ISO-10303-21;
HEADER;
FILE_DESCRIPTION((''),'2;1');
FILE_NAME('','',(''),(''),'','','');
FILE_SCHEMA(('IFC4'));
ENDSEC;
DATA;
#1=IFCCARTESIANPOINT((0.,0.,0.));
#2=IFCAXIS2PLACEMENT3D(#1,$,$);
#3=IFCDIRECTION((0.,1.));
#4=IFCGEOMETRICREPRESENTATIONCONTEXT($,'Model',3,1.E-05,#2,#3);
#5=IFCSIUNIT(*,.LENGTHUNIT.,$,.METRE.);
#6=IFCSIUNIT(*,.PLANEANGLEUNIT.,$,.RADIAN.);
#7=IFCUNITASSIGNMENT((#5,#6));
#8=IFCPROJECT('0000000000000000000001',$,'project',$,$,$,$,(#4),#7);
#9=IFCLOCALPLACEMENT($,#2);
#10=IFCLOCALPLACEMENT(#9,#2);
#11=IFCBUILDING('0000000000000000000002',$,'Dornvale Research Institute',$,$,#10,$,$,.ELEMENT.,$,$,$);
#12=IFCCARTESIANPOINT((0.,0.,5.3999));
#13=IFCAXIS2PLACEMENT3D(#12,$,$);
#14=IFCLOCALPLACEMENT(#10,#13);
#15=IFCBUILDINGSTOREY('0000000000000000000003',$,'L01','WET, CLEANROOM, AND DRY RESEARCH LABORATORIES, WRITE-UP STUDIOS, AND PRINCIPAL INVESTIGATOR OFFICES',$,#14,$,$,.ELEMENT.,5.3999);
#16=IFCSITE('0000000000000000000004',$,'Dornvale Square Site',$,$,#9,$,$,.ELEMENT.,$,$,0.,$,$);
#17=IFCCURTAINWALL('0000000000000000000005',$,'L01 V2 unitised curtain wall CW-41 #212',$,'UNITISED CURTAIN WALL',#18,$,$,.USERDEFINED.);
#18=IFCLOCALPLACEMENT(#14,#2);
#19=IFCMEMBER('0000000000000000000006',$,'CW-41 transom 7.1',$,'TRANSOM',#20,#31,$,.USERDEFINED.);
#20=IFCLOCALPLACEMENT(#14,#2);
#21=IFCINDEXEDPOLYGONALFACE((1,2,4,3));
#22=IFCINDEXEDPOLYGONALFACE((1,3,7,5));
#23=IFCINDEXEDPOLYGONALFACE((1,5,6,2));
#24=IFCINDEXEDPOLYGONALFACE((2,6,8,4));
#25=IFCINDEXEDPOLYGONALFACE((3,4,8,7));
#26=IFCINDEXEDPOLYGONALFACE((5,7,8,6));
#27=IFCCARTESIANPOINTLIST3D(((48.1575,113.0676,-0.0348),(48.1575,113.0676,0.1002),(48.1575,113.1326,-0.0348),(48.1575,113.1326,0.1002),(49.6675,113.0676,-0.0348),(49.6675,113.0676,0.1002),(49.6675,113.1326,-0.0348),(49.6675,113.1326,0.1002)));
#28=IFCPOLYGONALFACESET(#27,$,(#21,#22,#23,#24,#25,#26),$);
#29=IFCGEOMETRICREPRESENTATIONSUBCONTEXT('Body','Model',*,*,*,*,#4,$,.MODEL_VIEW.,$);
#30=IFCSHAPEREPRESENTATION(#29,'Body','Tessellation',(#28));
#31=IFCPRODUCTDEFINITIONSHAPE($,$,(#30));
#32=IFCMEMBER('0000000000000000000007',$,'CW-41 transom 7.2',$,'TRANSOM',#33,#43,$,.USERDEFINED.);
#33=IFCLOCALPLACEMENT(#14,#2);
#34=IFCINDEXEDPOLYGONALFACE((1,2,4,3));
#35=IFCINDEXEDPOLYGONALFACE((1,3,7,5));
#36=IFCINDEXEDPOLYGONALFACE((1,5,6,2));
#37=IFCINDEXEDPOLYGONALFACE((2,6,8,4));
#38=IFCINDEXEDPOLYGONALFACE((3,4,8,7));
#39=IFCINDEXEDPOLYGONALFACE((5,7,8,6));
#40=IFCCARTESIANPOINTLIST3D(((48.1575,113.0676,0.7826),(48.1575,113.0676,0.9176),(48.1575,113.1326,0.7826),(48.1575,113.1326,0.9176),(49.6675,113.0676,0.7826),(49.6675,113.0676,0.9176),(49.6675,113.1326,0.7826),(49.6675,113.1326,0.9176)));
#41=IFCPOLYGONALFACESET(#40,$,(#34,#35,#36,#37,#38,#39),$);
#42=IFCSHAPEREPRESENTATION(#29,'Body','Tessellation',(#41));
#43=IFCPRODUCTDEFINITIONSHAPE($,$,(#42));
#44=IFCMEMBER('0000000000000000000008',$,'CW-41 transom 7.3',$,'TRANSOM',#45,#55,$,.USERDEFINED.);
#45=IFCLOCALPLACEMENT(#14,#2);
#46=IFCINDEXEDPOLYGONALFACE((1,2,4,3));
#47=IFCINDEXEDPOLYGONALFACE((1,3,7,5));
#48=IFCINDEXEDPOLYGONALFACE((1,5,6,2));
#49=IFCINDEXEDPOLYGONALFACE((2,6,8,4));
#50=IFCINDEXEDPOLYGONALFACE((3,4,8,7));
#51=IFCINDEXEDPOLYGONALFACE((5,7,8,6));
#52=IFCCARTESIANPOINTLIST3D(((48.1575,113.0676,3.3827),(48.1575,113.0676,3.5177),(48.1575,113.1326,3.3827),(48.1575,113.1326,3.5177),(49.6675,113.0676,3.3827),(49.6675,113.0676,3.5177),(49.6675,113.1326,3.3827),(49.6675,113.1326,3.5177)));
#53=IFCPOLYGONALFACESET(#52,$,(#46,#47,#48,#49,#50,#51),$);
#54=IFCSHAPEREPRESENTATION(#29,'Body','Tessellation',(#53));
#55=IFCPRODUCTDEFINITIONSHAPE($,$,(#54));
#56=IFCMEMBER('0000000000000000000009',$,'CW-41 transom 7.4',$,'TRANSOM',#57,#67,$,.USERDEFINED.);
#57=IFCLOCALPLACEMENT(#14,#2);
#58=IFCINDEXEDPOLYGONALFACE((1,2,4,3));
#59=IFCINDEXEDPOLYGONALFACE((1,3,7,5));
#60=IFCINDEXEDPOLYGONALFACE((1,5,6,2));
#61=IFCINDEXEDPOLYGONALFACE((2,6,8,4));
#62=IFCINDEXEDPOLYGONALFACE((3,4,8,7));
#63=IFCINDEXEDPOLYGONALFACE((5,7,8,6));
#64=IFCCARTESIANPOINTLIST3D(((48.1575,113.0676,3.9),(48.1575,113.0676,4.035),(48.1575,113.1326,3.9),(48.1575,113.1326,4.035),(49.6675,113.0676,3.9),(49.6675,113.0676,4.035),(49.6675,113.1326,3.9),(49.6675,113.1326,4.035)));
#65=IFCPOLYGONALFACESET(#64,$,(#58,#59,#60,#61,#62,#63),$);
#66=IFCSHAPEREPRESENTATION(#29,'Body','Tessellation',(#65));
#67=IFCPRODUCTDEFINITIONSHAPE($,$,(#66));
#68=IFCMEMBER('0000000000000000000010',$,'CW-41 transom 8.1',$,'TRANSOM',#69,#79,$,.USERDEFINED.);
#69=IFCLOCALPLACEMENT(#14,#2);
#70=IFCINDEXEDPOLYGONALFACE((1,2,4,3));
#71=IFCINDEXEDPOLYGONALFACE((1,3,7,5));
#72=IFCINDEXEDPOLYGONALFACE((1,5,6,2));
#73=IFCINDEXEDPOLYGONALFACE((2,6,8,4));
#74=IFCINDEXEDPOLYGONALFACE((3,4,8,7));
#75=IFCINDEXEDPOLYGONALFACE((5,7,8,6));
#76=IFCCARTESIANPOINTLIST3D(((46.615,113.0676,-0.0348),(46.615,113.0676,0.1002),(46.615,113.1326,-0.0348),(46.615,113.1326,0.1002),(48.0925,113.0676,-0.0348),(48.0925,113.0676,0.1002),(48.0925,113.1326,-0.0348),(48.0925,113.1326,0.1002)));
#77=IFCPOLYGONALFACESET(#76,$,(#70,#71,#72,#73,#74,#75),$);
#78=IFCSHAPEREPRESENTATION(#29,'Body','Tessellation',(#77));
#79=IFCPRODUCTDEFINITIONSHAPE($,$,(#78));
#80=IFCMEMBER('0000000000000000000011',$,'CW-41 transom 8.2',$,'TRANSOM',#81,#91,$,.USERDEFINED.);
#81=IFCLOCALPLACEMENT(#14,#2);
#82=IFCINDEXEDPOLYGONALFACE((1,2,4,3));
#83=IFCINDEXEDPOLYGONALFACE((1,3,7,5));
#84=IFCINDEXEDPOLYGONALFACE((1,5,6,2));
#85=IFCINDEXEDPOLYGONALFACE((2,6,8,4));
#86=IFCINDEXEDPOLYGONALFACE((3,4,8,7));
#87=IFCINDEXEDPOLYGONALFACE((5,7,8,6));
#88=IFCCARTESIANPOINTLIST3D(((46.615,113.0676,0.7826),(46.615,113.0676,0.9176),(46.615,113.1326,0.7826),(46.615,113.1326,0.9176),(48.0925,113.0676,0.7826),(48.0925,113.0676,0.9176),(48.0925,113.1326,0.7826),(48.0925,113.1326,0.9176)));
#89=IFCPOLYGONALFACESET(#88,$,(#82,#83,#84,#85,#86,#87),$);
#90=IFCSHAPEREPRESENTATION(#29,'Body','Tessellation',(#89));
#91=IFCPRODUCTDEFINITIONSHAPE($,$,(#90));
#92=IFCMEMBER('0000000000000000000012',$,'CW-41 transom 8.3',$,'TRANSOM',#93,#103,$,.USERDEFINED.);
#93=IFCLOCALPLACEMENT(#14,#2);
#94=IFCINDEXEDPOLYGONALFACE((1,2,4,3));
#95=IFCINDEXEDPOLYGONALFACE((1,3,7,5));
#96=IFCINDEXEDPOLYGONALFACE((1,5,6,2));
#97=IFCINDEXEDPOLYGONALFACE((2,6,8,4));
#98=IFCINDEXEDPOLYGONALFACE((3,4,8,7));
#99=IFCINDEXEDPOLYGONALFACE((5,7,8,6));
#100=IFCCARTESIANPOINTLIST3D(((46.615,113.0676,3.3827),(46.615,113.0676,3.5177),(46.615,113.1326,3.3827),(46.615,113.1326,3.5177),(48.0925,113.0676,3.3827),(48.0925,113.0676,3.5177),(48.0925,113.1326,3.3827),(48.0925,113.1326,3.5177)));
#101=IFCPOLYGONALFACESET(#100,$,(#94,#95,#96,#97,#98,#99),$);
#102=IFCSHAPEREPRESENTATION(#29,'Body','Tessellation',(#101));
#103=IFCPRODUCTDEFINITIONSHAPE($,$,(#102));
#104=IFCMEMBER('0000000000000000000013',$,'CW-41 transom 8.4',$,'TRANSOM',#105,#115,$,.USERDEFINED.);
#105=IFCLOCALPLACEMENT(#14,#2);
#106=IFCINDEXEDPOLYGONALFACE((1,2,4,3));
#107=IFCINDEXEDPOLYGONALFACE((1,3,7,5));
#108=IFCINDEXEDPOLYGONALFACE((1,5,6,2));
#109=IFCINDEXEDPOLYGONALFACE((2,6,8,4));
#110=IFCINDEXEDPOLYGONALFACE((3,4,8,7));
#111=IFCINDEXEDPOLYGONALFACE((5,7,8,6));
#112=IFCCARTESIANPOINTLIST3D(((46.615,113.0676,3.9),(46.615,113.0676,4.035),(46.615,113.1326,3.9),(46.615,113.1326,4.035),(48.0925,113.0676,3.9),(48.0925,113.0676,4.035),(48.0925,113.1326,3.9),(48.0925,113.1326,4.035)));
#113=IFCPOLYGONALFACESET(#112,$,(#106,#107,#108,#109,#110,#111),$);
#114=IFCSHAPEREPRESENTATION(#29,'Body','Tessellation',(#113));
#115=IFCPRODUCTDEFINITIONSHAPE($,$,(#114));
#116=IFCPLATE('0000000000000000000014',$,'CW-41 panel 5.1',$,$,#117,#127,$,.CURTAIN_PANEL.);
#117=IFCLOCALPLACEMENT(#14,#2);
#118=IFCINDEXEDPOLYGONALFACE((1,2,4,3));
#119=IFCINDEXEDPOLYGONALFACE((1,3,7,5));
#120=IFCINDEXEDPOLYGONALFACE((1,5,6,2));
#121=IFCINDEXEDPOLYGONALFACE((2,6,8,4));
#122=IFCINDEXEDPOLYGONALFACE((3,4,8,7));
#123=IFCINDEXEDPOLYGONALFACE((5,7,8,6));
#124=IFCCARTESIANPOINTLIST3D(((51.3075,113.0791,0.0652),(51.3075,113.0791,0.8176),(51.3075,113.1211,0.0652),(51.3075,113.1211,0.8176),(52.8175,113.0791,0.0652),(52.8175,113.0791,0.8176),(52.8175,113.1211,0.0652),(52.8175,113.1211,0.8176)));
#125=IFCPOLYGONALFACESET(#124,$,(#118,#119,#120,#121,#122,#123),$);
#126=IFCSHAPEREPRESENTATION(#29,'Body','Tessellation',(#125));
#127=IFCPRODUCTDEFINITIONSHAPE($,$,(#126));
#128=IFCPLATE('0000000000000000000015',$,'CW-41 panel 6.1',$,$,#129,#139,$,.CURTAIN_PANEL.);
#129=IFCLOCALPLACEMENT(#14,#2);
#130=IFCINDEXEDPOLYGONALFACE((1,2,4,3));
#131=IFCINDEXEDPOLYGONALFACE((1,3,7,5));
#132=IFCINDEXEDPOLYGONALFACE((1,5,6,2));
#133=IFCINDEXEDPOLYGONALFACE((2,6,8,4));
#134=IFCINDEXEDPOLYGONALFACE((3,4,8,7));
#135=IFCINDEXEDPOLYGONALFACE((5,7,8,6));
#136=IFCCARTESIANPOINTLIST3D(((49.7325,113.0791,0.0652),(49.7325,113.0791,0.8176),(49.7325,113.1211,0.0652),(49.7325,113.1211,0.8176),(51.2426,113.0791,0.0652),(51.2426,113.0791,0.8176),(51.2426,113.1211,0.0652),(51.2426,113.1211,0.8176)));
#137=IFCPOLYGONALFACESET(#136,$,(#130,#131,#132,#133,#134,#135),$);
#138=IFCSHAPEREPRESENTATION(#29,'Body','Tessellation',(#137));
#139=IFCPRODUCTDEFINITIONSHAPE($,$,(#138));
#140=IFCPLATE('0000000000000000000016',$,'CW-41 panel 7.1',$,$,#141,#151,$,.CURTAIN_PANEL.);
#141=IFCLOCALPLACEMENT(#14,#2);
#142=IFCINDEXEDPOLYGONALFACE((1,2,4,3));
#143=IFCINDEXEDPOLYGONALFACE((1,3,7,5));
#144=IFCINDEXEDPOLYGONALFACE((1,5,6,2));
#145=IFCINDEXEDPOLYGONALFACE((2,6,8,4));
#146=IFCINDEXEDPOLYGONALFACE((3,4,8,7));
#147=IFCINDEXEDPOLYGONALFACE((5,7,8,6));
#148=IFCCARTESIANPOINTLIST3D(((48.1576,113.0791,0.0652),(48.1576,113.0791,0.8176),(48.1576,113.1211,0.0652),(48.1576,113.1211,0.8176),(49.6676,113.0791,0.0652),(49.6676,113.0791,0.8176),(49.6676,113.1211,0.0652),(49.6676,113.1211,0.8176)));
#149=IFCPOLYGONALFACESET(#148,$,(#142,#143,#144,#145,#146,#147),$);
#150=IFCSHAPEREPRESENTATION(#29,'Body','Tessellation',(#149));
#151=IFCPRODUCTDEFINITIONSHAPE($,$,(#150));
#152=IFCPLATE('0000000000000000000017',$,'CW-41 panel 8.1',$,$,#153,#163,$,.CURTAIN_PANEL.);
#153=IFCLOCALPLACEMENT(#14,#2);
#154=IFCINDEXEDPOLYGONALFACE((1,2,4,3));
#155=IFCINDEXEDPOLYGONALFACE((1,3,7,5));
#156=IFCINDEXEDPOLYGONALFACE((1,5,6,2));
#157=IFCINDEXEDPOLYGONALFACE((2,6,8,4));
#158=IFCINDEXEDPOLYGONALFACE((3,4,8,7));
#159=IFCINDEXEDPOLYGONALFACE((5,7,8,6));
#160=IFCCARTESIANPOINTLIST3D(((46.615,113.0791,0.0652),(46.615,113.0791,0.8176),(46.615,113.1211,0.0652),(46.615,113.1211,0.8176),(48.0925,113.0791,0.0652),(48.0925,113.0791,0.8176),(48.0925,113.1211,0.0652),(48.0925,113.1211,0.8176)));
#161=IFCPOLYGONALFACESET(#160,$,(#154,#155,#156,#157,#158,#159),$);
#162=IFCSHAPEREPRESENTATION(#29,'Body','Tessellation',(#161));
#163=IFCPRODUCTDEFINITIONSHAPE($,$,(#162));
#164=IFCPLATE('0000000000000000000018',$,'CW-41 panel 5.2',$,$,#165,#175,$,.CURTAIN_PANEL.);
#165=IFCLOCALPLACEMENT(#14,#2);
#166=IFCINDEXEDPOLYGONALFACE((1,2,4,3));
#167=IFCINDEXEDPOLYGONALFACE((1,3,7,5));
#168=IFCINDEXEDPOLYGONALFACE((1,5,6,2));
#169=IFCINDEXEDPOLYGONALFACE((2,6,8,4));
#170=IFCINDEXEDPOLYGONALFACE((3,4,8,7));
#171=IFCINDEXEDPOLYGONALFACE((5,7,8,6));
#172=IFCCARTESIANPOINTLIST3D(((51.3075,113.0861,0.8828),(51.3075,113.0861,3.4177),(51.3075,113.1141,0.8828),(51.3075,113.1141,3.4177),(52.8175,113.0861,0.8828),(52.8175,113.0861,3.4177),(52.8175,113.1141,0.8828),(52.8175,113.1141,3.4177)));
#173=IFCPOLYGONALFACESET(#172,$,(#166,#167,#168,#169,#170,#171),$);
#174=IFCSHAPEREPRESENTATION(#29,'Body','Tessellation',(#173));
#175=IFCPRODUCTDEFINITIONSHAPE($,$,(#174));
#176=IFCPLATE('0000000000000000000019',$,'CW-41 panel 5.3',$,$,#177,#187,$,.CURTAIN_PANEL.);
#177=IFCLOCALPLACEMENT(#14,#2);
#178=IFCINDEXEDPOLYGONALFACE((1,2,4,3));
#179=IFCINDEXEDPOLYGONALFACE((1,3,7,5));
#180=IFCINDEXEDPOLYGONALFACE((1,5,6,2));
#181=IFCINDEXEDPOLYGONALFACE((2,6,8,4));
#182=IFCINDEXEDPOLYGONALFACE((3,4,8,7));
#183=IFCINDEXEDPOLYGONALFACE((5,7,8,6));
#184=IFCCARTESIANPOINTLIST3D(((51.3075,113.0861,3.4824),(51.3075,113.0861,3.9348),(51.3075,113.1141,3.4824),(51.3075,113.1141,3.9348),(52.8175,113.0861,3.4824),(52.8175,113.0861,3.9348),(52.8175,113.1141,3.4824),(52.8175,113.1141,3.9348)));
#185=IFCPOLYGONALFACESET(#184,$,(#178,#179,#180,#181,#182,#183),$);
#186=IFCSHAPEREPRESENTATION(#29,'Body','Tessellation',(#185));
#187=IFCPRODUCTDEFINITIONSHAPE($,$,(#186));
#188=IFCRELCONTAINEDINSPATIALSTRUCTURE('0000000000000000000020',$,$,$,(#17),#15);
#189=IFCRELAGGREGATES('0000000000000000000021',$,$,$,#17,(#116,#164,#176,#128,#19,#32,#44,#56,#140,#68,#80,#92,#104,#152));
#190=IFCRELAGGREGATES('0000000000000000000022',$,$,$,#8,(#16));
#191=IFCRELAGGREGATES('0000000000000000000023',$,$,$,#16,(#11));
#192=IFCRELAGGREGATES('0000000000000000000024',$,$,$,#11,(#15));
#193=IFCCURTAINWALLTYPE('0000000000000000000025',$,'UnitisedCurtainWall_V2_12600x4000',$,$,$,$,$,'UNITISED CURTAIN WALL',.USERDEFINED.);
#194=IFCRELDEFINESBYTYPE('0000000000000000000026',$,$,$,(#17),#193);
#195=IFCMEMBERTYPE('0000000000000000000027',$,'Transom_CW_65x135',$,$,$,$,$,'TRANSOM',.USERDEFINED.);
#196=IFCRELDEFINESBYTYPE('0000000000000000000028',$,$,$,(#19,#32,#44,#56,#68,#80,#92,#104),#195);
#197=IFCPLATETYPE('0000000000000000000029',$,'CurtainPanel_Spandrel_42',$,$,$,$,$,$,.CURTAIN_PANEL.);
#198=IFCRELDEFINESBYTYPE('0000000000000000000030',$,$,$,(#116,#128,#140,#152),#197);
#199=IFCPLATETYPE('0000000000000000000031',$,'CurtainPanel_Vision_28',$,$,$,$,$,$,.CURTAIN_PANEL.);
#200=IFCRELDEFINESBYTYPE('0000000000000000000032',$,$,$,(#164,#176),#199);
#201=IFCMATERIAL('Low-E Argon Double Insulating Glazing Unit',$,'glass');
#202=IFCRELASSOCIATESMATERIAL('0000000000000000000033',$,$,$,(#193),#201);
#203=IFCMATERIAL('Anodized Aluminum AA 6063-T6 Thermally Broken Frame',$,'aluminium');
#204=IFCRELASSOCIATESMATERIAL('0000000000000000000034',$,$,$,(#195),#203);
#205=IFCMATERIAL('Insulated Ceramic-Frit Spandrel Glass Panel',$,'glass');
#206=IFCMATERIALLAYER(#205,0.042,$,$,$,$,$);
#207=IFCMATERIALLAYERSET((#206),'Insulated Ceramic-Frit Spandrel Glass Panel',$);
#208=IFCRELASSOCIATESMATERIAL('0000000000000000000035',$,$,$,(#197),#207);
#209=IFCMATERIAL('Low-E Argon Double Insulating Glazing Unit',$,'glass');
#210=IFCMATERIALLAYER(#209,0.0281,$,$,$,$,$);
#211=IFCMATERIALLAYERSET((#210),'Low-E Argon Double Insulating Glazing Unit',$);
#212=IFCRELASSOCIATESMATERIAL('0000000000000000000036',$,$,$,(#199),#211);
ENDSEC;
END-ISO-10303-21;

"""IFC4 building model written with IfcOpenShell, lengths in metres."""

from ifc_helpers import new_model, si_unit, direction, frame, origin, origin_2d, place, context, subcontext, project, spatial, rectangle, extrude, material, layer, layer_set, material_profile, profile_set, type_object, element, aggregate, save


model = new_model("IFC4")

# Units and contexts
model_context = context("Model", 3, precision=1e-05, world=origin(), true_north=direction((0.0, 1.0)))
body_context = subcontext(model_context, "Body", "Model", "MODEL_VIEW")
ifc_project = project(units=[si_unit("LENGTHUNIT", "METRE"), si_unit("PLANEANGLEUNIT", "RADIAN")], contexts=[model_context])

# Site, building, storey
site_placement = place(None, origin())
site = spatial("IfcSite", under=ifc_project, at=site_placement, Name="Dornvale Square Site", CompositionType="ELEMENT", RefElevation=0.0)
building_placement = place(site_placement, origin())
building = spatial("IfcBuilding", under=site, at=building_placement, Name="Dornvale Research Institute", CompositionType="ELEMENT")
storey_placement = place(building_placement, frame((0.0, 0.0, 5.3999)))
storey = spatial("IfcBuildingStorey", under=building, at=storey_placement, Name="L01", Description="WET, CLEANROOM, AND DRY RESEARCH LABORATORIES, WRITE-UP STUDIOS, AND PRINCIPAL INVESTIGATOR OFFICES", CompositionType="ELEMENT", Elevation=5.3999)

# Curtain wall, members, plates
ifc_material_1 = material(Name="Low-E Argon Double Insulating Glazing Unit", Category="glass")
curtain_wall_type = type_object("IfcCurtainWallType", Name="UnitisedCurtainWall_V2_12600x4000", ElementType="UNITISED CURTAIN WALL", PredefinedType="USERDEFINED", material=ifc_material_1)
curtain_wall_placement = place(storey_placement, origin())
curtain_wall = element("IfcCurtainWall", 1, at=curtain_wall_placement, inside=storey, type_object=curtain_wall_type, Name="L01 V2 unitised curtain wall CW-41 #212", ObjectType="UNITISED CURTAIN WALL", PredefinedType="USERDEFINED")
ifc_material_2 = material(Name="Anodized Aluminum AA 6063-T6 Thermally Broken Frame", Category="aluminium")
ifc_material_profile_1 = material_profile(ifc_material_2, rectangle(XDim=0.0649, YDim=0.135, at=origin_2d()), Name="ALU TRANSOM 65x135")
ifc_profile_set_1 = profile_set([ifc_material_profile_1], Name="Anodized Aluminum AA 6063-T6 Thermally Broken Frame")
member_type_1 = type_object("IfcMemberType", Name="Transom_CW_65x135", ElementType="TRANSOM", PredefinedType="USERDEFINED", material=ifc_profile_set_1)
member_1_placement = place(storey_placement, frame((49.6675, 113.1001, 0.0327), z_axis=(-1.0, 0.0, 0.0), x_axis=(0.0, -1.0, 0.0)))
member_1 = element("IfcMember", 2, at=member_1_placement, type_object=member_type_1, Name="CW-41 transom 7.1", ObjectType="TRANSOM", PredefinedType="USERDEFINED", context=body_context, shape_type="SweptSolid", body=[
    extrude(rectangle(XDim=0.0649, YDim=0.135, at=origin_2d()), origin(), (0.0, 0.0, 1.0), 1.51),
])
member_2_placement = place(storey_placement, frame((49.6675, 113.1001, 0.8501), z_axis=(-1.0, 0.0, 0.0), x_axis=(0.0, -1.0, 0.0)))
member_2 = element("IfcMember", 3, at=member_2_placement, type_object=member_type_1, Name="CW-41 transom 7.2", ObjectType="TRANSOM", PredefinedType="USERDEFINED", context=body_context, shape_type="SweptSolid", body=[
    extrude(rectangle(XDim=0.0649, YDim=0.135, at=origin_2d()), origin(), (0.0, 0.0, 1.0), 1.51),
])
member_3_placement = place(storey_placement, frame((49.6675, 113.1001, 3.4502), z_axis=(-1.0, 0.0, 0.0), x_axis=(0.0, -1.0, 0.0)))
member_3 = element("IfcMember", 4, at=member_3_placement, type_object=member_type_1, Name="CW-41 transom 7.3", ObjectType="TRANSOM", PredefinedType="USERDEFINED", context=body_context, shape_type="SweptSolid", body=[
    extrude(rectangle(XDim=0.0649, YDim=0.135, at=origin_2d()), origin(), (0.0, 0.0, 1.0), 1.51),
])
member_4_placement = place(storey_placement, frame((49.6675, 113.1001, 3.9675), z_axis=(-1.0, 0.0, 0.0), x_axis=(0.0, -1.0, 0.0)))
member_4 = element("IfcMember", 5, at=member_4_placement, type_object=member_type_1, Name="CW-41 transom 7.4", ObjectType="TRANSOM", PredefinedType="USERDEFINED", context=body_context, shape_type="SweptSolid", body=[
    extrude(rectangle(XDim=0.0649, YDim=0.135, at=origin_2d()), origin(), (0.0, 0.0, 1.0), 1.51),
])
member_5_placement = place(storey_placement, frame((48.0925, 113.1001, 0.0327), z_axis=(-1.0, 0.0, 0.0), x_axis=(0.0, -1.0, 0.0)))
member_5 = element("IfcMember", 6, at=member_5_placement, type_object=member_type_1, Name="CW-41 transom 8.1", ObjectType="TRANSOM", PredefinedType="USERDEFINED", context=body_context, shape_type="SweptSolid", body=[
    extrude(rectangle(XDim=0.0649, YDim=0.135, at=origin_2d()), origin(), (0.0, 0.0, 1.0), 1.4775),
])
member_6_placement = place(storey_placement, frame((48.0925, 113.1001, 0.8501), z_axis=(-1.0, 0.0, 0.0), x_axis=(0.0, -1.0, 0.0)))
member_6 = element("IfcMember", 7, at=member_6_placement, type_object=member_type_1, Name="CW-41 transom 8.2", ObjectType="TRANSOM", PredefinedType="USERDEFINED", context=body_context, shape_type="SweptSolid", body=[
    extrude(rectangle(XDim=0.0649, YDim=0.135, at=origin_2d()), origin(), (0.0, 0.0, 1.0), 1.4775),
])
member_7_placement = place(storey_placement, frame((48.0925, 113.1001, 3.4502), z_axis=(-1.0, 0.0, 0.0), x_axis=(0.0, -1.0, 0.0)))
member_7 = element("IfcMember", 8, at=member_7_placement, type_object=member_type_1, Name="CW-41 transom 8.3", ObjectType="TRANSOM", PredefinedType="USERDEFINED", context=body_context, shape_type="SweptSolid", body=[
    extrude(rectangle(XDim=0.0649, YDim=0.135, at=origin_2d()), origin(), (0.0, 0.0, 1.0), 1.4775),
])
member_8_placement = place(storey_placement, frame((48.0925, 113.1001, 3.9675), z_axis=(-1.0, 0.0, 0.0), x_axis=(0.0, -1.0, 0.0)))
member_8 = element("IfcMember", 9, at=member_8_placement, type_object=member_type_1, Name="CW-41 transom 8.4", ObjectType="TRANSOM", PredefinedType="USERDEFINED", context=body_context, shape_type="SweptSolid", body=[
    extrude(rectangle(XDim=0.0649, YDim=0.135, at=origin_2d()), origin(), (0.0, 0.0, 1.0), 1.4775),
])
ifc_material_3 = material(Name="Insulated Ceramic-Frit Spandrel Glass Panel", Category="glass")
ifc_layer_1 = layer(ifc_material_3, 0.042)
ifc_layer_set_1 = layer_set([ifc_layer_1], Name="Insulated Ceramic-Frit Spandrel Glass Panel")
plate_type_1 = type_object("IfcPlateType", Name="CurtainPanel_Spandrel_42", PredefinedType="CURTAIN_PANEL", material=ifc_layer_set_1)
plate_1_placement = place(storey_placement, frame((52.0625, 113.1001, 0.0652), z_axis=(0.0, 0.0, 1.0), x_axis=(-1.0, 0.0, 0.0)))
plate_1 = element("IfcPlate", 10, at=plate_1_placement, type_object=plate_type_1, Name="CW-41 panel 5.1", PredefinedType="CURTAIN_PANEL", context=body_context, shape_type="SweptSolid", body=[
    extrude(rectangle(XDim=1.51, YDim=0.042, at=origin_2d()), origin(), (0.0, 0.0, 1.0), 0.7524),
])
plate_2_placement = place(storey_placement, frame((50.4875, 113.1001, 0.0652), z_axis=(0.0, 0.0, 1.0), x_axis=(-1.0, 0.0, 0.0)))
plate_2 = element("IfcPlate", 11, at=plate_2_placement, type_object=plate_type_1, Name="CW-41 panel 6.1", PredefinedType="CURTAIN_PANEL", context=body_context, shape_type="SweptSolid", body=[
    extrude(rectangle(XDim=1.51, YDim=0.042, at=origin_2d()), origin(), (0.0, 0.0, 1.0), 0.7524),
])
plate_3_placement = place(storey_placement, frame((48.9126, 113.1001, 0.0652), z_axis=(0.0, 0.0, 1.0), x_axis=(-1.0, 0.0, 0.0)))
plate_3 = element("IfcPlate", 12, at=plate_3_placement, type_object=plate_type_1, Name="CW-41 panel 7.1", PredefinedType="CURTAIN_PANEL", context=body_context, shape_type="SweptSolid", body=[
    extrude(rectangle(XDim=1.51, YDim=0.042, at=origin_2d()), origin(), (0.0, 0.0, 1.0), 0.7524),
])
plate_4_placement = place(storey_placement, frame((47.3538, 113.1001, 0.0652), z_axis=(0.0, 0.0, 1.0), x_axis=(-1.0, 0.0, 0.0)))
plate_4 = element("IfcPlate", 13, at=plate_4_placement, type_object=plate_type_1, Name="CW-41 panel 8.1", PredefinedType="CURTAIN_PANEL", context=body_context, shape_type="SweptSolid", body=[
    extrude(rectangle(XDim=1.4775, YDim=0.042, at=origin_2d()), origin(), (0.0, 0.0, 1.0), 0.7524),
])
ifc_material_4 = material(Name="Low-E Argon Double Insulating Glazing Unit", Category="glass")
ifc_layer_2 = layer(ifc_material_4, 0.0281)
ifc_layer_set_2 = layer_set([ifc_layer_2], Name="Low-E Argon Double Insulating Glazing Unit")
plate_type_2 = type_object("IfcPlateType", Name="CurtainPanel_Vision_28", PredefinedType="CURTAIN_PANEL", material=ifc_layer_set_2)
plate_5_placement = place(storey_placement, frame((52.0625, 113.1001, 0.8828), z_axis=(0.0, 0.0, 1.0), x_axis=(-1.0, 0.0, 0.0)))
plate_5 = element("IfcPlate", 14, at=plate_5_placement, type_object=plate_type_2, Name="CW-41 panel 5.2", PredefinedType="CURTAIN_PANEL", context=body_context, shape_type="SweptSolid", body=[
    extrude(rectangle(XDim=1.51, YDim=0.0281, at=origin_2d()), origin(), (0.0, 0.0, 1.0), 2.5349),
])
plate_6_placement = place(storey_placement, frame((52.0625, 113.1001, 3.4824), z_axis=(0.0, 0.0, 1.0), x_axis=(-1.0, 0.0, 0.0)))
plate_6 = element("IfcPlate", 15, at=plate_6_placement, type_object=plate_type_2, Name="CW-41 panel 5.3", PredefinedType="CURTAIN_PANEL", context=body_context, shape_type="SweptSolid", body=[
    extrude(rectangle(XDim=1.51, YDim=0.0281, at=origin_2d()), origin(), (0.0, 0.0, 1.0), 0.4524),
])
aggregate(curtain_wall, [plate_1, plate_5, plate_6, plate_2, member_1, member_2, member_3, member_4, plate_3, member_5, member_6, member_7, member_8, plate_4])

save(model, "model.ifc")
